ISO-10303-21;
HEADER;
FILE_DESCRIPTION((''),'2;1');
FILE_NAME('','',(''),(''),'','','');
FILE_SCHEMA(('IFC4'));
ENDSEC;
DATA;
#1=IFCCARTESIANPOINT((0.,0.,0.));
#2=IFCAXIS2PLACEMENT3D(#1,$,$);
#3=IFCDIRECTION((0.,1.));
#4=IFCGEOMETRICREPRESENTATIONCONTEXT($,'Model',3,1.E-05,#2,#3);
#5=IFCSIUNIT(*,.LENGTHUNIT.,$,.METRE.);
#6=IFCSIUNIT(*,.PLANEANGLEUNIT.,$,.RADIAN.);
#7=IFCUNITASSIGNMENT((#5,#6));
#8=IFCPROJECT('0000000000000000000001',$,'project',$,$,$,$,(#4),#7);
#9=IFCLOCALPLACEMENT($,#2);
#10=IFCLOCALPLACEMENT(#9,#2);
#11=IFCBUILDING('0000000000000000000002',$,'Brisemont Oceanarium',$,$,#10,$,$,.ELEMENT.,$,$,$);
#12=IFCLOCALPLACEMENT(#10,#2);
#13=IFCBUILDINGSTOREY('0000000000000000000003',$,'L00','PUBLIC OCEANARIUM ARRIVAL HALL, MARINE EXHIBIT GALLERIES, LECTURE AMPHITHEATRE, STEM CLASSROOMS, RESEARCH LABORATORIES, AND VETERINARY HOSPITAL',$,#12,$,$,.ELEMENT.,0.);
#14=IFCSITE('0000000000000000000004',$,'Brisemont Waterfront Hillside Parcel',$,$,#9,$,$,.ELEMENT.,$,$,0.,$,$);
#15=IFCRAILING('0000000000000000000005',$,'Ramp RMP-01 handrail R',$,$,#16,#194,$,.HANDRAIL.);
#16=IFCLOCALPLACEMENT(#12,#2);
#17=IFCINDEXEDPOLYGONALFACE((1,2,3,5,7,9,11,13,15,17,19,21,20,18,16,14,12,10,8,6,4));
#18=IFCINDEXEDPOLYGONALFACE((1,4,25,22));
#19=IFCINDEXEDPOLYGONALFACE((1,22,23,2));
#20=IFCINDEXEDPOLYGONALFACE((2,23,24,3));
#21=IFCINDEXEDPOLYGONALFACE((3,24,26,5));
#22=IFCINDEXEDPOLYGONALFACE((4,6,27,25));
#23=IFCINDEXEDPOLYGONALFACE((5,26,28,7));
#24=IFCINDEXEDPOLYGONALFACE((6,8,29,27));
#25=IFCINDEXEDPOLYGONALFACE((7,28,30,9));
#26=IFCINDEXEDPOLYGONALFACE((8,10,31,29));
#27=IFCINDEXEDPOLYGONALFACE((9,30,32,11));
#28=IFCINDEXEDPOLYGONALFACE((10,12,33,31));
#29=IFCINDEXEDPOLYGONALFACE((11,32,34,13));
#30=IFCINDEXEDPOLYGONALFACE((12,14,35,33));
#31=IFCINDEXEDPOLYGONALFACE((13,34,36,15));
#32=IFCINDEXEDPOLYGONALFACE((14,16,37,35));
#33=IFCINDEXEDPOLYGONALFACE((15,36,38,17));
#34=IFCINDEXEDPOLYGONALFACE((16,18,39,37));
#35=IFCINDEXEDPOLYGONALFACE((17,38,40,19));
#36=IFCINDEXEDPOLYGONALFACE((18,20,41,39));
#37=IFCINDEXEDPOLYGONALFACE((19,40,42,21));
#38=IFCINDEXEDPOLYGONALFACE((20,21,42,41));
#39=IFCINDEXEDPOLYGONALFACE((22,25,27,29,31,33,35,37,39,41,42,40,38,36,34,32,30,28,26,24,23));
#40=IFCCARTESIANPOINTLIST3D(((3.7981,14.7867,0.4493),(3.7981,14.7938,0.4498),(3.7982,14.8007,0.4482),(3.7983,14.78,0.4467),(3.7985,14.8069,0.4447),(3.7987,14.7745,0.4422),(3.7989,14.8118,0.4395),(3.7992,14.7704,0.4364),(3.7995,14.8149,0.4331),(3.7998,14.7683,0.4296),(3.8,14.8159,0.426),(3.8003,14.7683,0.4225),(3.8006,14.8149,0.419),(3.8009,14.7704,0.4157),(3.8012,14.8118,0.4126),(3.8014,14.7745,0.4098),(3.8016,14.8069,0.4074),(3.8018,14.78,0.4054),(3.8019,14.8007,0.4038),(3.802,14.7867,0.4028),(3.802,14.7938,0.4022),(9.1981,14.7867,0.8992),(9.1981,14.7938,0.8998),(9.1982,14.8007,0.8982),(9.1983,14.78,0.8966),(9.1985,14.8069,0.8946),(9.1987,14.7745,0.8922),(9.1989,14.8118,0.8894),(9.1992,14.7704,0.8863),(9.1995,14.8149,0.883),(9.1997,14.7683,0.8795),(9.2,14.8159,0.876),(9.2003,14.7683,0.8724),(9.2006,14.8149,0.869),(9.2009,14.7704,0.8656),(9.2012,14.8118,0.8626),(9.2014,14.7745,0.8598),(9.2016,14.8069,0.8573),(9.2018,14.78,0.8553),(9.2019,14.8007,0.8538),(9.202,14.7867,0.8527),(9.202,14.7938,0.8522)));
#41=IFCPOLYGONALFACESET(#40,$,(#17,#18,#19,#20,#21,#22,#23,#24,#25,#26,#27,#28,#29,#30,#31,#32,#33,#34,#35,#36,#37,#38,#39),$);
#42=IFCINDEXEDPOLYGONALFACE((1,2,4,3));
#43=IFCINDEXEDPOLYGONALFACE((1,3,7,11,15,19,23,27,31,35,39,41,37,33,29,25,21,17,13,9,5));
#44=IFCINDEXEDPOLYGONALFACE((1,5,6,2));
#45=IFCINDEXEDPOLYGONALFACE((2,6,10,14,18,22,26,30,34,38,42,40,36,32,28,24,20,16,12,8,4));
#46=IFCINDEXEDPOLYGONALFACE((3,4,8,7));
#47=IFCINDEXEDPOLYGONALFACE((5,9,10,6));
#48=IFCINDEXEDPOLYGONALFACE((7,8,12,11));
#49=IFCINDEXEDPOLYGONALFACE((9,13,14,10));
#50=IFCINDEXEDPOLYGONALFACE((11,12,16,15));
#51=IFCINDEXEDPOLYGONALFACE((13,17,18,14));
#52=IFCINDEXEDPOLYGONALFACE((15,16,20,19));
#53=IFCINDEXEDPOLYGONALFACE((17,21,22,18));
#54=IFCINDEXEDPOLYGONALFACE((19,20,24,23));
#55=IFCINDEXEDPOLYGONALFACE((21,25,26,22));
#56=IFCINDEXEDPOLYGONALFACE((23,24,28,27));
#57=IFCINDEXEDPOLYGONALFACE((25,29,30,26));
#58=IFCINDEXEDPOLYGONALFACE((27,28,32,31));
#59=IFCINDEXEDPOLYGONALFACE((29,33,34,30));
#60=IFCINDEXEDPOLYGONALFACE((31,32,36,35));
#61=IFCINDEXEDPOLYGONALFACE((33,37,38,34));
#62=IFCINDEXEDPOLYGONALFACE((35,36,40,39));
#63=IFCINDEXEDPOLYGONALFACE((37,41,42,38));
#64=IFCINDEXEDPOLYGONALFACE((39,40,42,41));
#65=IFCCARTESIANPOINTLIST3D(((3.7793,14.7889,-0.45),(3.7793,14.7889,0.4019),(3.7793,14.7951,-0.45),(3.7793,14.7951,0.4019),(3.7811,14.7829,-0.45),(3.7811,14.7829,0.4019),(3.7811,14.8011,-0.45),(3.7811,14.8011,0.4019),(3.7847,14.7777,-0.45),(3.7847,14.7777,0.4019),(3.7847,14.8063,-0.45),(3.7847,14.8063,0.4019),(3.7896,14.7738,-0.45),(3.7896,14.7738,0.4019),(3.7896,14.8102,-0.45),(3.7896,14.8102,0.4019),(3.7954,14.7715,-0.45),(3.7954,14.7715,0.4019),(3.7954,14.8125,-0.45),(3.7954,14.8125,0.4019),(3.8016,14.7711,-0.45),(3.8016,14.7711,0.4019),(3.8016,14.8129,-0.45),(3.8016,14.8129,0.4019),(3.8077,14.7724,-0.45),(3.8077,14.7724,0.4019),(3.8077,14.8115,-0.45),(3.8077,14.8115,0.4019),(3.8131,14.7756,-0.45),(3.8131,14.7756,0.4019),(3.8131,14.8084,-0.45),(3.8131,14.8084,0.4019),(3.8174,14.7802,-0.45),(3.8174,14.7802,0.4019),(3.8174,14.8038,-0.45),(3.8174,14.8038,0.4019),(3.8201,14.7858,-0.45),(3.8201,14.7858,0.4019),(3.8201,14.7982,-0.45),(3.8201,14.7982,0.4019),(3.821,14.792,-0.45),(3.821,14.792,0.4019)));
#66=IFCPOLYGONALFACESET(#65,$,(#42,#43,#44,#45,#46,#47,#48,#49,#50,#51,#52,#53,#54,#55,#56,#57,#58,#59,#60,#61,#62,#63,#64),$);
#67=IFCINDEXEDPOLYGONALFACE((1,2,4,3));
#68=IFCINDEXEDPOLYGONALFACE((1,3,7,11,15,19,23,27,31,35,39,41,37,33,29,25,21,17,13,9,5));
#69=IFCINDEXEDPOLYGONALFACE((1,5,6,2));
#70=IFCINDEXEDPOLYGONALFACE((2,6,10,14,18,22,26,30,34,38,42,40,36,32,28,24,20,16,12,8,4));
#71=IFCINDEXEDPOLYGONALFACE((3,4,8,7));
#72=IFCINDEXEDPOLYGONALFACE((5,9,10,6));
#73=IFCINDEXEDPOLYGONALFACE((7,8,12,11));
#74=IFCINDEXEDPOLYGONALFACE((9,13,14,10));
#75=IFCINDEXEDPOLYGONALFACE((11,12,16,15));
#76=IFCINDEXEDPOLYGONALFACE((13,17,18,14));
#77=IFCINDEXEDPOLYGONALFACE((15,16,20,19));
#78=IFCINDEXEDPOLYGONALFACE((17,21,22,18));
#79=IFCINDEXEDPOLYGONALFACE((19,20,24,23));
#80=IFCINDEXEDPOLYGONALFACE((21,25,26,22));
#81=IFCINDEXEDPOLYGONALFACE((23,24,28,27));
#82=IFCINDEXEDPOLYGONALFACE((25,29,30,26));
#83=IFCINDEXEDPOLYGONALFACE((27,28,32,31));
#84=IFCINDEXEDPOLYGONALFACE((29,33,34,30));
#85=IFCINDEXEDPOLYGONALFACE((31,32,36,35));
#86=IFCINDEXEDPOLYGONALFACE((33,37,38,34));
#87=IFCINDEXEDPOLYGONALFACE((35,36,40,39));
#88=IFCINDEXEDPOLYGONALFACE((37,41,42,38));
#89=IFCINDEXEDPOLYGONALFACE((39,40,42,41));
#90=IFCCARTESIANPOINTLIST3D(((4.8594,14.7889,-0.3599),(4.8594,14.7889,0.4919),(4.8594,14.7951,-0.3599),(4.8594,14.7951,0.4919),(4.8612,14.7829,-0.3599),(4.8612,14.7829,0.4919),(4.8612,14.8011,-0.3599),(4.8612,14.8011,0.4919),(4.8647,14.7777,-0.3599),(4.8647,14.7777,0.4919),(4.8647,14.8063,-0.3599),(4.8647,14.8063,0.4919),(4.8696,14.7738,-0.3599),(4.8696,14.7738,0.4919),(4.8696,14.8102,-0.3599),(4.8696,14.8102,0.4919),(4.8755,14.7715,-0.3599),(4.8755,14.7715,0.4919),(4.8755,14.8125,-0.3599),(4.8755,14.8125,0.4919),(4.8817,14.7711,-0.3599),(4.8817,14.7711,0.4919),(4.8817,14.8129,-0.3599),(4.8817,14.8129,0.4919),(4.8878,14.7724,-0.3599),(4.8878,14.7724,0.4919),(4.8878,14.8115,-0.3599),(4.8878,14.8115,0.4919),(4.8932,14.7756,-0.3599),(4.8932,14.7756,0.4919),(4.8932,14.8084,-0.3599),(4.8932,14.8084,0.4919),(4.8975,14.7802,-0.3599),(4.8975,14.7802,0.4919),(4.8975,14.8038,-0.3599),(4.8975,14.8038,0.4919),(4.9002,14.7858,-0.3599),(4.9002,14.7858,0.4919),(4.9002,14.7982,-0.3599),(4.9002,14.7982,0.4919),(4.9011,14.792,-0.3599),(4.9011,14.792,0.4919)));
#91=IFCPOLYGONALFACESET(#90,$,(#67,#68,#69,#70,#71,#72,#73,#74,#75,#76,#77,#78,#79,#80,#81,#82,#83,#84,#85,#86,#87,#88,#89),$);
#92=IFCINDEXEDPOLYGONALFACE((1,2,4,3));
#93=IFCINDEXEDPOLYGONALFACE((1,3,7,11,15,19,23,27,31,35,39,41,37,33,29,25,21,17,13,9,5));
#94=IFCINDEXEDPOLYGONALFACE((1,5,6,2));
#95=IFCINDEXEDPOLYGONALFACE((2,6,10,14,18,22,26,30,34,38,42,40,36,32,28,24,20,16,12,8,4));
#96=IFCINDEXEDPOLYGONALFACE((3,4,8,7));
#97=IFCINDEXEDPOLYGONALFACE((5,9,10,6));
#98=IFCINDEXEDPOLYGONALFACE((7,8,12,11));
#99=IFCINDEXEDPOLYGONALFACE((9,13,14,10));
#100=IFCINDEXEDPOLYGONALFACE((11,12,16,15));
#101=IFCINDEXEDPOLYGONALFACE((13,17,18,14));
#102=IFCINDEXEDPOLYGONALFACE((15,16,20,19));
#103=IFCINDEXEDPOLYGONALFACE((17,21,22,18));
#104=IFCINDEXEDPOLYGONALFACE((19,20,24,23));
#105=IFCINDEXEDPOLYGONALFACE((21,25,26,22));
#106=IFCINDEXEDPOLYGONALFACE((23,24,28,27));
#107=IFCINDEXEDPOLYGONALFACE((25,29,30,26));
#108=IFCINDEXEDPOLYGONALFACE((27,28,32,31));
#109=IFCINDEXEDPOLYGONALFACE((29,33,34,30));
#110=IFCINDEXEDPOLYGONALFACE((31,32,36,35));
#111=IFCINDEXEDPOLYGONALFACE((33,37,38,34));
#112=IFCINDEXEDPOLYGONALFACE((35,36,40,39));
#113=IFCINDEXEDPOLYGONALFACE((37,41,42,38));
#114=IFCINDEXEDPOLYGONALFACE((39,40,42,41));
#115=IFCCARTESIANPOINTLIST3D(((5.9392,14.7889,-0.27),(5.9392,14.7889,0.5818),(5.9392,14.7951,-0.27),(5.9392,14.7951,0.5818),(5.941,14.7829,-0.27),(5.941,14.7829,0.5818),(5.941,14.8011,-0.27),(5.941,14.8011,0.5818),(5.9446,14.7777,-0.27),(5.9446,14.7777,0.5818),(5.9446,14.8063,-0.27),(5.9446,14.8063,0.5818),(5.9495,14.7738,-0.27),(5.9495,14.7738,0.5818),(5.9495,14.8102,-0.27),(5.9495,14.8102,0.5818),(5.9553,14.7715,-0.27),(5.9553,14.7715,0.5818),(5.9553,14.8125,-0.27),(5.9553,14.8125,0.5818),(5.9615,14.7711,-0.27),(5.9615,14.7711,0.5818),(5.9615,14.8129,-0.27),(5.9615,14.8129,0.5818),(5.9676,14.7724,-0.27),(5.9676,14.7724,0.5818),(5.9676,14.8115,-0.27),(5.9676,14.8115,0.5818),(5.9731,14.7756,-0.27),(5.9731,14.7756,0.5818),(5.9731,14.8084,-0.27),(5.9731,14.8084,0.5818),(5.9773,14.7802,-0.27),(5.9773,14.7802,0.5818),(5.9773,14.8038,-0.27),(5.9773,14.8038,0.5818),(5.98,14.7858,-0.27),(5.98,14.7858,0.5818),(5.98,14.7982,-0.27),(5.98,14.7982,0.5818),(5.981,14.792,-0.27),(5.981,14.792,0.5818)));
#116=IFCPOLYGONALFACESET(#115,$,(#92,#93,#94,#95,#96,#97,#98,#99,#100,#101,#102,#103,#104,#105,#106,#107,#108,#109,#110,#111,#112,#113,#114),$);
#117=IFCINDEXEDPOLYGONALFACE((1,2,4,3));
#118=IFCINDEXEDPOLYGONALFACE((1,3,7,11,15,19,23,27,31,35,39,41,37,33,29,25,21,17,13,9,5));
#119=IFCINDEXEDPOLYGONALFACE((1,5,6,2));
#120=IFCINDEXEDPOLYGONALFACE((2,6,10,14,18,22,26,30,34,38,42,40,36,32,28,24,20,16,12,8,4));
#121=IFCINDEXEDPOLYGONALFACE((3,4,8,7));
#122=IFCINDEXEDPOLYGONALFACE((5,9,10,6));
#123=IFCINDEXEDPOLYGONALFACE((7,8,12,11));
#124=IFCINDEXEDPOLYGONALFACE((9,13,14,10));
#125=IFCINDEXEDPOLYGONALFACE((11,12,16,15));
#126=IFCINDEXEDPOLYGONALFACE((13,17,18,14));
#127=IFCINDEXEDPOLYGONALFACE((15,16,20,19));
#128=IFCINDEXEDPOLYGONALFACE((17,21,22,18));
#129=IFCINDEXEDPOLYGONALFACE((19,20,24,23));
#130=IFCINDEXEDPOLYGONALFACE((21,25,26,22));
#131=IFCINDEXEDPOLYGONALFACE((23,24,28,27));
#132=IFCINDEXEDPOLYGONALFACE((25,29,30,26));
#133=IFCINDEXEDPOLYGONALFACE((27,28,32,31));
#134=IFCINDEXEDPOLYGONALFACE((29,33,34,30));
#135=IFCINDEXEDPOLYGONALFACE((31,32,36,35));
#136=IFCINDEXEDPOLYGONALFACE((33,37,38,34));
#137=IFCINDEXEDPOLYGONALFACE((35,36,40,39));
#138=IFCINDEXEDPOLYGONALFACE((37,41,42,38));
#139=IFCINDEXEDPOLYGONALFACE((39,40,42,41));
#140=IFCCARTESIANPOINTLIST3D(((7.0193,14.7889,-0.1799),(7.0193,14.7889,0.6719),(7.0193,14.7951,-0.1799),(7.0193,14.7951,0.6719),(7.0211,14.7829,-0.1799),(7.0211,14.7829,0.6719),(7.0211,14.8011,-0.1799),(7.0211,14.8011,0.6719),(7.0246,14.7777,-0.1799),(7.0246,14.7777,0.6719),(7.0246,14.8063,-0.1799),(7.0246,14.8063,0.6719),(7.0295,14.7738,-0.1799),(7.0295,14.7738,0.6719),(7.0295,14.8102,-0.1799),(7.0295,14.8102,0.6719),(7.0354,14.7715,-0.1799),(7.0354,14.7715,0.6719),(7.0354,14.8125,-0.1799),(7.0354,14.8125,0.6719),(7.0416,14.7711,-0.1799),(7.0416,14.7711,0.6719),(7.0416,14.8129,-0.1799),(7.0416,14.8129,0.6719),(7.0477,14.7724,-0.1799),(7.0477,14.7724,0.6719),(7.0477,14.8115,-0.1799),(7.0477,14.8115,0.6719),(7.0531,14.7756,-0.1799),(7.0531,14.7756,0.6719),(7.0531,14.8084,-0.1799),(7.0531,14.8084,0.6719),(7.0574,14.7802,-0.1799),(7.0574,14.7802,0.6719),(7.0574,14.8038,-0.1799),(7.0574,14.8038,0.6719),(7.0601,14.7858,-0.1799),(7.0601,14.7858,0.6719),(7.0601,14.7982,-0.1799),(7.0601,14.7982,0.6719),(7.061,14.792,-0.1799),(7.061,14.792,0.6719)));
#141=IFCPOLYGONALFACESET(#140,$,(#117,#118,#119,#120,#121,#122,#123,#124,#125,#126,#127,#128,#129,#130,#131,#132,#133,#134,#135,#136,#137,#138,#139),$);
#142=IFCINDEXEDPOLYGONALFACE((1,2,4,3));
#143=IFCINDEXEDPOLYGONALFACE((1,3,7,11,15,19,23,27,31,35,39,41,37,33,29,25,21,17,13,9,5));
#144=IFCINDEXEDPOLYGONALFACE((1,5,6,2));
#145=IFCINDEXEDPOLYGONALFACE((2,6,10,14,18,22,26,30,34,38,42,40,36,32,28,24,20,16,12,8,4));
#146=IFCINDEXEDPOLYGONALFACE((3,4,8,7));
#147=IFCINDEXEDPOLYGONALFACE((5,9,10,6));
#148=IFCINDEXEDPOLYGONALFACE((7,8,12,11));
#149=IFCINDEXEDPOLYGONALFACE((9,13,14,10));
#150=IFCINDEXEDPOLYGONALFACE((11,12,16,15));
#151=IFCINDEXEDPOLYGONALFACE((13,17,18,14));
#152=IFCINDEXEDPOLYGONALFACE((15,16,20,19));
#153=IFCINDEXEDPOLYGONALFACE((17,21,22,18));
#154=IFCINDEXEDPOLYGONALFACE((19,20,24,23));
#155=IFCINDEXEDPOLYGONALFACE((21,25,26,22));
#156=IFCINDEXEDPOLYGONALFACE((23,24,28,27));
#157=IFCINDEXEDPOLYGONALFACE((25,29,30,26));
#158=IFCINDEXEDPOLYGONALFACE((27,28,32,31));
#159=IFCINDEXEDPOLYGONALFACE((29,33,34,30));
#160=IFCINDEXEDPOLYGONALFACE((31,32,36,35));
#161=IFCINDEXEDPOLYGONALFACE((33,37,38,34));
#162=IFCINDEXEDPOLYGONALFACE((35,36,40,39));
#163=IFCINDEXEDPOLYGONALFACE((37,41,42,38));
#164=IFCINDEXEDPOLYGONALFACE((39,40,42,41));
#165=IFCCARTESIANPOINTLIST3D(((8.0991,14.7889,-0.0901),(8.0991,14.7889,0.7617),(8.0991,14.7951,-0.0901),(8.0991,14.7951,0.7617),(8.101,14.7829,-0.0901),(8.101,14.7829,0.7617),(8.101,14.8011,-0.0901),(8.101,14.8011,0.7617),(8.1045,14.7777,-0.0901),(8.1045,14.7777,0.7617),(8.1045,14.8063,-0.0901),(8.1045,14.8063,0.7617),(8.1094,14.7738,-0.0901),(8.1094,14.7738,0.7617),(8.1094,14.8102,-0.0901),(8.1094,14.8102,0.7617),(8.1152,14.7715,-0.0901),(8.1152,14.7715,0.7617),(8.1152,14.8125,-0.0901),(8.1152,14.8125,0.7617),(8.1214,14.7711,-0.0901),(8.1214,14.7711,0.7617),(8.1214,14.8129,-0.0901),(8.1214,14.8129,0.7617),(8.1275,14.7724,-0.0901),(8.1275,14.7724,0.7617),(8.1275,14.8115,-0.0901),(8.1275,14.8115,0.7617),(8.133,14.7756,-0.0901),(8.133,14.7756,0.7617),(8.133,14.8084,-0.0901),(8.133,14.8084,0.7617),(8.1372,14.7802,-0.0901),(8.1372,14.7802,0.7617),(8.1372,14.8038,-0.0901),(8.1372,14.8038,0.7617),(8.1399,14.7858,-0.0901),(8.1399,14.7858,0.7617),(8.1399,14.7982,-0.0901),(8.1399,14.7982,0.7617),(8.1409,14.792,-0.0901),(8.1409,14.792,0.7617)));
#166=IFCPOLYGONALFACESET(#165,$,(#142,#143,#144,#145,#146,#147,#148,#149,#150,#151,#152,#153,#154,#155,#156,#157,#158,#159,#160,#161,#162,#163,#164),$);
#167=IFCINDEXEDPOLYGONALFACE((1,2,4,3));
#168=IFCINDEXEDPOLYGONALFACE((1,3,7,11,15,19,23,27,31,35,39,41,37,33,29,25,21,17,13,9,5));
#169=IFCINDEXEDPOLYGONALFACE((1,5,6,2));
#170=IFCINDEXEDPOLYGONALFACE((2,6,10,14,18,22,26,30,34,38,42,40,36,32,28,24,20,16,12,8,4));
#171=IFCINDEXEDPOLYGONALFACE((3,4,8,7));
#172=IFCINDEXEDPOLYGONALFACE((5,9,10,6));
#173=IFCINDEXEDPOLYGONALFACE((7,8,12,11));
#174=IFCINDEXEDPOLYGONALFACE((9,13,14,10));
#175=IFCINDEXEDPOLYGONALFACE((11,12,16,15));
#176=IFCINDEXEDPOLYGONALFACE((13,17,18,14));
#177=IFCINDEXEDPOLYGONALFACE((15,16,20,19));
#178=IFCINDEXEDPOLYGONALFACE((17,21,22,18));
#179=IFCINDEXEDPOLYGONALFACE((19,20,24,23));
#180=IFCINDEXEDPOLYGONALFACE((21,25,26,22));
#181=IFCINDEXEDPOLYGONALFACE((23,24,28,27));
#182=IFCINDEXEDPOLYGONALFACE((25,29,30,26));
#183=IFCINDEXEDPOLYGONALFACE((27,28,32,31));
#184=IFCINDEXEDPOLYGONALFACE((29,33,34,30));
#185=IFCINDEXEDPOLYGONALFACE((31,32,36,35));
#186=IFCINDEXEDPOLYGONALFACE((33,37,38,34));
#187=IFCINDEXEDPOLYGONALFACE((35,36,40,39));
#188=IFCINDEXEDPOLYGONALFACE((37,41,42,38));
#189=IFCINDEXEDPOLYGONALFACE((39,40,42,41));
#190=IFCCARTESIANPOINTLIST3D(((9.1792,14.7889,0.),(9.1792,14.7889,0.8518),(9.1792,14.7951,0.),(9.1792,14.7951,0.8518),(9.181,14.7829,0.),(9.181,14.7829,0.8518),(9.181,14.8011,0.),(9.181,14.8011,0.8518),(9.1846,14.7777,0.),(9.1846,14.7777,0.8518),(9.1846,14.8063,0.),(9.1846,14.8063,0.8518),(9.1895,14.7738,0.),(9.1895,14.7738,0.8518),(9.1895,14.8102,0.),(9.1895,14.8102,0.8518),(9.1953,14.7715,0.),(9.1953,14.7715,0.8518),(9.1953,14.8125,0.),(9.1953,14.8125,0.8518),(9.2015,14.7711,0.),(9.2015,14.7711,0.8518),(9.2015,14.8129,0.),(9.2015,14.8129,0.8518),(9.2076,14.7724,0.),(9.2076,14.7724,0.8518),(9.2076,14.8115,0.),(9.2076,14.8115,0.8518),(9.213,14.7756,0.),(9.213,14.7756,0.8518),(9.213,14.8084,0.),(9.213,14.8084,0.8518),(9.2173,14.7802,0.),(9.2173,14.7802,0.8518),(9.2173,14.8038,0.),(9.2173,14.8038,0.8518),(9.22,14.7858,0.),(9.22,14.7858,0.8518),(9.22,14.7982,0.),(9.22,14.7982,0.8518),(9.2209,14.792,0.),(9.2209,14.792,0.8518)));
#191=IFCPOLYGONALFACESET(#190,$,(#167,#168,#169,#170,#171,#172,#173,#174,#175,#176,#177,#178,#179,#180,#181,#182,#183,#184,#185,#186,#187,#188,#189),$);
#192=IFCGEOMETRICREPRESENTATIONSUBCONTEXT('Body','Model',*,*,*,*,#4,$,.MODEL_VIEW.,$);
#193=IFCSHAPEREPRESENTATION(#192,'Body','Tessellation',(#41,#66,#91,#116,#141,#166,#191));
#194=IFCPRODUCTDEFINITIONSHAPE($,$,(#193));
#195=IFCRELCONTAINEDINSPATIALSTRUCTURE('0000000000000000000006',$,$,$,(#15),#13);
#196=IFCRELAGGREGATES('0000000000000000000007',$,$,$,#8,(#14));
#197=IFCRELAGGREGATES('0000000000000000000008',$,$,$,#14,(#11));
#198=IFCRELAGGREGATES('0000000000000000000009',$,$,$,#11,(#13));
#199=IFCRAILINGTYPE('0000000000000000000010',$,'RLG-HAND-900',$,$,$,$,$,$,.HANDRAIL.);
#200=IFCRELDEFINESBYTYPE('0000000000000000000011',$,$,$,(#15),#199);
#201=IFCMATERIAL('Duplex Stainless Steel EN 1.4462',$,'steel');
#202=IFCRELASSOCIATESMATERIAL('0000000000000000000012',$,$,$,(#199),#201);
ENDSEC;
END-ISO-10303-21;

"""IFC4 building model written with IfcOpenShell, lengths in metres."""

from ifc_helpers import new_model, si_unit, direction, frame, origin, origin_2d, place, context, subcontext, project, spatial, circle, extrude, material, type_object, element, save


model = new_model("IFC4")

# Units and contexts
model_context = context("Model", 3, precision=1e-05, world=origin(), true_north=direction((0.0, 1.0)))
body_context = subcontext(model_context, "Body", "Model", "MODEL_VIEW")
ifc_project = project(units=[si_unit("LENGTHUNIT", "METRE"), si_unit("PLANEANGLEUNIT", "RADIAN")], contexts=[model_context])

# Site, building, storey
site_placement = place(None, origin())
site = spatial("IfcSite", under=ifc_project, at=site_placement, Name="Brisemont Waterfront Hillside Parcel", CompositionType="ELEMENT", RefElevation=0.0)
building_placement = place(site_placement, origin())
building = spatial("IfcBuilding", under=site, at=building_placement, Name="Brisemont Oceanarium", CompositionType="ELEMENT")
storey_placement = place(building_placement, origin())
storey = spatial("IfcBuildingStorey", under=building, at=storey_placement, Name="L00", Description="PUBLIC OCEANARIUM ARRIVAL HALL, MARINE EXHIBIT GALLERIES, LECTURE AMPHITHEATRE, STEM CLASSROOMS, RESEARCH LABORATORIES, AND VETERINARY HOSPITAL", CompositionType="ELEMENT", Elevation=0.0)

# Railing
ifc_material_1 = material(Name="Duplex Stainless Steel EN 1.4462", Category="steel")
railing_type = type_object("IfcRailingType", Name="RLG-HAND-900", PredefinedType="HANDRAIL", material=ifc_material_1)
railing_placement = place(storey_placement, frame((3.8, 14.792, -0.45)))
element("IfcRailing", 1, at=railing_placement, inside=storey, type_object=railing_type, Name="Ramp RMP-01 handrail R", PredefinedType="HANDRAIL", context=body_context, shape_type="SweptSolid", body=[
    extrude(circle(Radius=0.0239, at=origin_2d()), frame((0.0, 0.0, 0.876), z_axis=(0.996546, 0.0, 0.083038), x_axis=(0.0, 1.0, 0.0)), (0.0, 0.0, 1.0), 5.4187),
    extrude(circle(Radius=0.021, at=origin_2d()), origin(), (0.0, 0.0, 1.0), 0.8518),
    extrude(circle(Radius=0.021, at=origin_2d()), frame((1.0801, 0.0, 0.0901)), (0.0, 0.0, 1.0), 0.8518),
    extrude(circle(Radius=0.021, at=origin_2d()), frame((2.1599, 0.0, 0.1799)), (0.0, 0.0, 1.0), 0.8518),
    extrude(circle(Radius=0.021, at=origin_2d()), frame((3.24, 0.0, 0.27)), (0.0, 0.0, 1.0), 0.8518),
    extrude(circle(Radius=0.021, at=origin_2d()), frame((4.3198, 0.0, 0.3599)), (0.0, 0.0, 1.0), 0.8518),
    extrude(circle(Radius=0.021, at=origin_2d()), frame((5.3999, 0.0, 0.45)), (0.0, 0.0, 1.0), 0.8518),
])

save(model, "model.ifc")
